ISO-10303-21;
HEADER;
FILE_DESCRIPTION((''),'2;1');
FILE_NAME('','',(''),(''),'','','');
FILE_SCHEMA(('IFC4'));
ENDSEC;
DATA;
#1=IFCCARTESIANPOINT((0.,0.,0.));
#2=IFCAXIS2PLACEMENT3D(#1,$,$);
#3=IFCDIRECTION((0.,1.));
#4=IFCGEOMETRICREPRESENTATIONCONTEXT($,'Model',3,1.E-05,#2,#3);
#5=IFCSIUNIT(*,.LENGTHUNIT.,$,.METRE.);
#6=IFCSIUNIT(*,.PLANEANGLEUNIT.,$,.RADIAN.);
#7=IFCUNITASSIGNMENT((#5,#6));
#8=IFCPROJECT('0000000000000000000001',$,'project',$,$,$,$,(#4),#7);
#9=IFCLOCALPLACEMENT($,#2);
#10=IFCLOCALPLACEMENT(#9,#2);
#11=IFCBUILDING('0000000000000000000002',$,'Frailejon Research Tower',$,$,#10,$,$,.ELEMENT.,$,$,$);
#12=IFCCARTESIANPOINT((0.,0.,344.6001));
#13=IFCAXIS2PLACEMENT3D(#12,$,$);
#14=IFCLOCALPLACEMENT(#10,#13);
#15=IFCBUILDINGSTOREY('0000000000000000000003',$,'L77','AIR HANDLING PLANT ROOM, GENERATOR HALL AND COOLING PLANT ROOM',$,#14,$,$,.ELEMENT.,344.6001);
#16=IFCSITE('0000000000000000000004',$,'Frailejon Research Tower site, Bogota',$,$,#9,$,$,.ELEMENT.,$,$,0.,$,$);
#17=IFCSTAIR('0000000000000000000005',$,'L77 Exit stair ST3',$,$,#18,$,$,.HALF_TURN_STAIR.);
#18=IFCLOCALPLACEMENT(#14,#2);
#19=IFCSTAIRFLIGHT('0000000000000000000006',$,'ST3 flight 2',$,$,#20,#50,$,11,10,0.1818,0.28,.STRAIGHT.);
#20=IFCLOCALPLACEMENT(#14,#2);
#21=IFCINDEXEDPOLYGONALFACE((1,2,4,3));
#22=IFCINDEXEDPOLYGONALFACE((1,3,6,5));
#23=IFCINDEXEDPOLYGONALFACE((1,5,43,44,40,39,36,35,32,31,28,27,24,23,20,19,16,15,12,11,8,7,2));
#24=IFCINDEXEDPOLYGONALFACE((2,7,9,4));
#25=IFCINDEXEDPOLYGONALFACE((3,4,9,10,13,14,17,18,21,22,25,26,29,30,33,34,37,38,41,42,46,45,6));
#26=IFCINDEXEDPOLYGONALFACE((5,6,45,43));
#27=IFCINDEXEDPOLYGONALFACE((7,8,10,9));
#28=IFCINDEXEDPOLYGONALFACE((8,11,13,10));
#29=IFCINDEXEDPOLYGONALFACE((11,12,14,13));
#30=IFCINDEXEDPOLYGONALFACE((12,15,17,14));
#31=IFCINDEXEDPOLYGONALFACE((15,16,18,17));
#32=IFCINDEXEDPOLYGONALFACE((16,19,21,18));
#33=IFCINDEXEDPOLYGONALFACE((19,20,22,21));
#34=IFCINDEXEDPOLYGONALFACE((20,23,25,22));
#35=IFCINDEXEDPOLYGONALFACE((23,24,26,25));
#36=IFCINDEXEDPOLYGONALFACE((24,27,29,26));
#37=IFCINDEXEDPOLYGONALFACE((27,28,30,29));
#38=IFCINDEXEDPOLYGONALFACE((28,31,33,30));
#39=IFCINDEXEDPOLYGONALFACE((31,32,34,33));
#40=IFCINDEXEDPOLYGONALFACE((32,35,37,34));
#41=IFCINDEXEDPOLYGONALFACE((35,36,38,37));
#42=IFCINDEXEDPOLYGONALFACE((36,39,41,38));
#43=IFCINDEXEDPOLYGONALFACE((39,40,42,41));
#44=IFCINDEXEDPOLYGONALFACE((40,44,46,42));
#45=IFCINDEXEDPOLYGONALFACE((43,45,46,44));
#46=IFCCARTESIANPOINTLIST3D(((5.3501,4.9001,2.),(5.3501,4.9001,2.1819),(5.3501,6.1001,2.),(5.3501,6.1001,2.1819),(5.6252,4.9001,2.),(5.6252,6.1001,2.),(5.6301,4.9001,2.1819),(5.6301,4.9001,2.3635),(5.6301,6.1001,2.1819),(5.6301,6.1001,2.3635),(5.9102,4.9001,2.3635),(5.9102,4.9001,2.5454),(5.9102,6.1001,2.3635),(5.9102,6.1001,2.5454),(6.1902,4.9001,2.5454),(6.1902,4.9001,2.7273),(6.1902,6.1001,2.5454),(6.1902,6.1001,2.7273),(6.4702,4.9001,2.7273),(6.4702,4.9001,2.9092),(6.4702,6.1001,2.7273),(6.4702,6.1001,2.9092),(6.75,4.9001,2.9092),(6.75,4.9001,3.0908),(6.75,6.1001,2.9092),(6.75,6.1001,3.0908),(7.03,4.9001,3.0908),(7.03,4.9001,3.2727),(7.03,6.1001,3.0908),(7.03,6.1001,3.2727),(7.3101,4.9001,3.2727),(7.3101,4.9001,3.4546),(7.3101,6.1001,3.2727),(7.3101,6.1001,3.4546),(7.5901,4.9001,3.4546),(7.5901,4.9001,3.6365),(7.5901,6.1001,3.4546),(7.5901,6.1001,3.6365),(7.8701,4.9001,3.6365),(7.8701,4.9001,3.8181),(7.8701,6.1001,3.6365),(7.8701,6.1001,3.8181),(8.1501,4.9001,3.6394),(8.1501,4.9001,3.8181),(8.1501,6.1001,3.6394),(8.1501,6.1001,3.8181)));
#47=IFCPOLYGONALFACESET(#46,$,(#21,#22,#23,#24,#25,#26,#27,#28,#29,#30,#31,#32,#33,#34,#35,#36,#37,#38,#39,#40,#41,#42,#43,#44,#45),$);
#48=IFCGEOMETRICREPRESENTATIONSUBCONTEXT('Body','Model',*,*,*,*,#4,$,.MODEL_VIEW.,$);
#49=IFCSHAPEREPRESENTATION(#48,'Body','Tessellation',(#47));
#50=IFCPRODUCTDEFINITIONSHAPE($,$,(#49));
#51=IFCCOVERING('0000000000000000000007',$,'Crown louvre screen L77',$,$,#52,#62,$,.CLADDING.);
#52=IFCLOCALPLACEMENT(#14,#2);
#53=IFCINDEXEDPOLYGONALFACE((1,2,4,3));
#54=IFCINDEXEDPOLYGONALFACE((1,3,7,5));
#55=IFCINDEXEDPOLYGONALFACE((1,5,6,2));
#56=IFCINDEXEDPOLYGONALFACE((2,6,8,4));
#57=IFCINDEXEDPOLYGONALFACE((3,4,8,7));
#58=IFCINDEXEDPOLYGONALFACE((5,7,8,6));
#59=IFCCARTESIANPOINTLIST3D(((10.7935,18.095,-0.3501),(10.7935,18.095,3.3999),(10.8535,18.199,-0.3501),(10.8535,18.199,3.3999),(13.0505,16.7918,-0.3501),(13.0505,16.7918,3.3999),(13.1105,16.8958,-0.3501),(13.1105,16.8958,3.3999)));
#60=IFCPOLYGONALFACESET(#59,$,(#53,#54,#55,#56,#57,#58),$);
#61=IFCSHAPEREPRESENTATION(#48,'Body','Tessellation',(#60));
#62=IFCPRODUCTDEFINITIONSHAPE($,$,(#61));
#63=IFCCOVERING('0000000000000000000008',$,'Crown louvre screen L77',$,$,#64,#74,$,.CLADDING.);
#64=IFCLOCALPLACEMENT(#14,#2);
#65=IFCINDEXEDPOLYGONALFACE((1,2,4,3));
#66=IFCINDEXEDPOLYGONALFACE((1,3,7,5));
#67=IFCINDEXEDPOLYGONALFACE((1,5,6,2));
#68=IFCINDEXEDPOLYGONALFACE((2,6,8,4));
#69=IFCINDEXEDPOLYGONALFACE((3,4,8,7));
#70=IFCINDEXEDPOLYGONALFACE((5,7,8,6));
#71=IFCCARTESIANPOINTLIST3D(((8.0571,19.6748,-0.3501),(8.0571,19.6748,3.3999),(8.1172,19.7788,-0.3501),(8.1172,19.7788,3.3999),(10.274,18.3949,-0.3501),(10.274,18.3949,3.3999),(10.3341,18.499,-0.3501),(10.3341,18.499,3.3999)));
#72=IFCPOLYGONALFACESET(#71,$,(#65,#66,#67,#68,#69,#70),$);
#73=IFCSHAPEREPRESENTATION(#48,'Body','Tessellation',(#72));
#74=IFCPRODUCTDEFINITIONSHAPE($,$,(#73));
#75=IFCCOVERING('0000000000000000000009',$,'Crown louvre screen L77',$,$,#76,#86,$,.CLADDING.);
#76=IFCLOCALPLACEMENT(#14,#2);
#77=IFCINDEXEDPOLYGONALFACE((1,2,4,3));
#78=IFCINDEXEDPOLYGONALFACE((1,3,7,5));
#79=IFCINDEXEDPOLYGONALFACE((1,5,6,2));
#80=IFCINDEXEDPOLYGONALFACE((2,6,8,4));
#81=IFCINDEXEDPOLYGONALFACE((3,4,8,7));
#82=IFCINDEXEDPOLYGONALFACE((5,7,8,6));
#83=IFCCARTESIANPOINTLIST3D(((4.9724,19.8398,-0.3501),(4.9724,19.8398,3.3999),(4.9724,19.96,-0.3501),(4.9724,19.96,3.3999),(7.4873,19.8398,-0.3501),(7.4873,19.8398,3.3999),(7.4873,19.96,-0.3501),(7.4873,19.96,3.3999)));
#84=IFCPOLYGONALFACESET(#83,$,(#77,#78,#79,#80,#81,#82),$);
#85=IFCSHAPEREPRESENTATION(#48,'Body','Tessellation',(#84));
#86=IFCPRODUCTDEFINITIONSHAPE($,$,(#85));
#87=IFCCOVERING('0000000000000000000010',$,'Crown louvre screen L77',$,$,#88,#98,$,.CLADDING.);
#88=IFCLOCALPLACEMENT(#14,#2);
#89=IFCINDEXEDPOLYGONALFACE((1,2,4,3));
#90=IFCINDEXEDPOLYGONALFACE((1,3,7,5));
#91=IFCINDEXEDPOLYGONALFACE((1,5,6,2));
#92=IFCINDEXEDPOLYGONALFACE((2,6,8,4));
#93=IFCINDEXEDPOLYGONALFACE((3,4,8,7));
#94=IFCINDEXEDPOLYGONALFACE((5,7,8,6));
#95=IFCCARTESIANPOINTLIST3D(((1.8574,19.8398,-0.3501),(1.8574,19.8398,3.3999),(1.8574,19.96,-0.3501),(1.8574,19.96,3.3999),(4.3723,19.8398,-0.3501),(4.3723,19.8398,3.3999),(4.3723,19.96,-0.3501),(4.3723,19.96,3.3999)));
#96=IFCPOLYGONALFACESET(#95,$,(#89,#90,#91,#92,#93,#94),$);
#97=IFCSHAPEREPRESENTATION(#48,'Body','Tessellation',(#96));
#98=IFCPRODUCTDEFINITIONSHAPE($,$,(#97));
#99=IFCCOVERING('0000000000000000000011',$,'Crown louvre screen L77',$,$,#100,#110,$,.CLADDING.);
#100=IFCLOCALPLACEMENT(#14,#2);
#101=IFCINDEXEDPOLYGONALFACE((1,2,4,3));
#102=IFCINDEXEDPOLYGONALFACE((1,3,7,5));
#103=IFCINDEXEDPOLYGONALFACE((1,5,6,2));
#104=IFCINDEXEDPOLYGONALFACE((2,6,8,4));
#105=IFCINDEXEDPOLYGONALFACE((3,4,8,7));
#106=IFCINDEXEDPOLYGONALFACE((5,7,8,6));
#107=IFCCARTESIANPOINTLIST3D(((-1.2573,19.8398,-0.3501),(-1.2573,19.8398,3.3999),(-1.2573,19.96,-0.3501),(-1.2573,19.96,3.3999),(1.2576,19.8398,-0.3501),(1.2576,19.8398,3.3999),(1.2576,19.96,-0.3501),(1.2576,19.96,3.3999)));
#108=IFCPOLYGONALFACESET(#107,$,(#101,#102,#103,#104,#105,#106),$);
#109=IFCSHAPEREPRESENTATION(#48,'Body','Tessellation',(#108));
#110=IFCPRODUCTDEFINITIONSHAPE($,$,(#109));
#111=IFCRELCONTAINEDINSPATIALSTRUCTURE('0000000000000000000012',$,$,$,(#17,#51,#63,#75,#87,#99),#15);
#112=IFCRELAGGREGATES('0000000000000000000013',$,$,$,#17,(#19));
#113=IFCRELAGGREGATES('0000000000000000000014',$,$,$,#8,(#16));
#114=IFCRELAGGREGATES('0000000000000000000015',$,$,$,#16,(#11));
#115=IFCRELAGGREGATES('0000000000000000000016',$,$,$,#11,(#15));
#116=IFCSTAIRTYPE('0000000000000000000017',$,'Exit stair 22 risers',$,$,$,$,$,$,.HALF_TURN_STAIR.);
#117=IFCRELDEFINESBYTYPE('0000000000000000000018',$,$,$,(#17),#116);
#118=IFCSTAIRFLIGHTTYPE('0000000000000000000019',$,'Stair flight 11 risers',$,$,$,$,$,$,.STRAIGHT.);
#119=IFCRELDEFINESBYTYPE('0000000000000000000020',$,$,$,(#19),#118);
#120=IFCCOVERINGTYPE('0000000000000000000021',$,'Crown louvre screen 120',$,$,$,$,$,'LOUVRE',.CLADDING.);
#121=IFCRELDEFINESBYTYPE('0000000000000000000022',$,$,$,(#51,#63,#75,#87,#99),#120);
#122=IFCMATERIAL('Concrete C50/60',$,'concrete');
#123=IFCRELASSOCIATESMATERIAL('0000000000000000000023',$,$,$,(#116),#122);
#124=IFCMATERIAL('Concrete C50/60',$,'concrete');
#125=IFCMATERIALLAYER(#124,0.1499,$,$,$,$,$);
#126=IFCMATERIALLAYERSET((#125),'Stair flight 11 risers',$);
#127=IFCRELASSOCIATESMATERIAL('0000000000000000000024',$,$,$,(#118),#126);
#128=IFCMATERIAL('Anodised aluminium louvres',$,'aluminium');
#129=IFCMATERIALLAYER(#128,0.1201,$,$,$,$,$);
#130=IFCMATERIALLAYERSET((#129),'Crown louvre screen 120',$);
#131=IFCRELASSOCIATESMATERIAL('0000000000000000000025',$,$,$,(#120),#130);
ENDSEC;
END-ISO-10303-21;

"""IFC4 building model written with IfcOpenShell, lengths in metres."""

from ifc_helpers import new_model, si_unit, direction, frame, origin, place, context, subcontext, project, spatial, polyline, outline, extrude, material, layer, layer_set, type_object, element, aggregate, save


model = new_model("IFC4")

# Units and contexts
model_context = context("Model", 3, precision=1e-05, world=origin(), true_north=direction((0.0, 1.0)))
body_context = subcontext(model_context, "Body", "Model", "MODEL_VIEW")
ifc_project = project(units=[si_unit("LENGTHUNIT", "METRE"), si_unit("PLANEANGLEUNIT", "RADIAN")], contexts=[model_context])

# Site, building, storey
site_placement = place(None, origin())
site = spatial("IfcSite", under=ifc_project, at=site_placement, Name="Frailejon Research Tower site, Bogota", CompositionType="ELEMENT", RefElevation=0.0)
building_placement = place(site_placement, origin())
building = spatial("IfcBuilding", under=site, at=building_placement, Name="Frailejon Research Tower", CompositionType="ELEMENT")
storey_placement = place(building_placement, frame((0.0, 0.0, 344.6001)))
storey = spatial("IfcBuildingStorey", under=building, at=storey_placement, Name="L77", Description="AIR HANDLING PLANT ROOM, GENERATOR HALL AND COOLING PLANT ROOM", CompositionType="ELEMENT", Elevation=344.6001)

# Stair, stair flight
ifc_material_1 = material(Name="Concrete C50/60", Category="concrete")
stair_type = type_object("IfcStairType", Name="Exit stair 22 risers", PredefinedType="HALF_TURN_STAIR", material=ifc_material_1)
stair_placement = place(storey_placement, origin())
stair = element("IfcStair", 1, at=stair_placement, inside=storey, type_object=stair_type, Name="L77 Exit stair ST3", PredefinedType="HALF_TURN_STAIR")
ifc_material_2 = material(Name="Concrete C50/60", Category="concrete")
ifc_layer_1 = layer(ifc_material_2, 0.1499)
ifc_layer_set_1 = layer_set([ifc_layer_1], Name="Stair flight 11 risers")
stair_flight_type = type_object("IfcStairFlightType", Name="Stair flight 11 risers", PredefinedType="STRAIGHT", material=ifc_layer_set_1)
stair_flight_1_placement = place(storey_placement, frame((5.3501, 5.5, 2.0), z_axis=(0.0, 0.0, 1.0), x_axis=(1.0, 0.0, 0.0)))
stair_flight_1 = element("IfcStairFlight", 2, at=stair_flight_1_placement, type_object=stair_flight_type, Name="ST3 flight 2", NumberOfRisers=11, NumberOfTreads=10, PredefinedType="STRAIGHT", RiserHeight=0.1818, TreadLength=0.28, context=body_context, shape_type="SweptSolid", body=[
    extrude(outline(polyline([(0.0, 0.0), (0.0, 0.1819), (0.28, 0.1819), (0.28, 0.3635), (0.5601, 0.3635), (0.5601, 0.5454), (0.8401, 0.5454), (0.8401, 0.7273), (1.1201, 0.7273), (1.1201, 0.9092), (1.3999, 0.9092), (1.3999, 1.0908), (1.6799, 1.0908), (1.6799, 1.2727), (1.96, 1.2727), (1.96, 1.4546), (2.24, 1.4546), (2.24, 1.6365), (2.52, 1.6365), (2.52, 1.8181), (2.8, 1.8181), (2.8, 2.0), (2.8, 1.6394), (0.2751, 0.0), (0.0, 0.0)])), frame((0.0, 0.6001, 0.0), z_axis=(0.0, -1.0, 0.0), x_axis=(1.0, 0.0, 0.0)), (0.0, 0.0, 1.0), 1.2),
])
aggregate(stair, [stair_flight_1])

# Coverings
ifc_material_3 = material(Name="Anodised aluminium louvres", Category="aluminium")
ifc_layer_2 = layer(ifc_material_3, 0.1201)
ifc_layer_set_2 = layer_set([ifc_layer_2], Name="Crown louvre screen 120")
covering_type = type_object("IfcCoveringType", Name="Crown louvre screen 120", ElementType="LOUVRE", PredefinedType="CLADDING", material=ifc_layer_set_2)
covering_1_placement = place(storey_placement, frame((10.8235, 18.147, -0.3501), z_axis=(0.866012, -0.500022, 0.0), x_axis=(0.500022, 0.866012, 0.0)))
element("IfcCovering", 3, at=covering_1_placement, inside=storey, type_object=covering_type, Name="Crown louvre screen L77", PredefinedType="CLADDING", context=body_context, shape_type="SweptSolid", body=[
    extrude(outline(polyline([(-0.0601, 0.0), (0.0601, 0.0), (0.0601, 3.75), (-0.0601, 3.75), (-0.0601, 0.0)])), origin(), (0.0, 0.0, 1.0), 2.6062),
])
covering_2_placement = place(storey_placement, frame((8.0872, 19.7268, -0.3501), z_axis=(0.866037, -0.499979, 0.0), x_axis=(0.499979, 0.866037, 0.0)))
element("IfcCovering", 4, at=covering_2_placement, inside=storey, type_object=covering_type, Name="Crown louvre screen L77", PredefinedType="CLADDING", context=body_context, shape_type="SweptSolid", body=[
    extrude(outline(polyline([(-0.0601, 0.0), (0.0601, 0.0), (0.0601, 3.75), (-0.0601, 3.75), (-0.0601, 0.0)])), origin(), (0.0, 0.0, 1.0), 2.5598),
])
for number, where, z_axis, x_axis, name in (
    (5, (4.9724, 19.8999, -0.3501), (1.0, 0.0, 0.0), (0.0, 1.0, 0.0), "Crown louvre screen L77"),
    (6, (1.8574, 19.8999, -0.3501), (1.0, 0.0, 0.0), (0.0, 1.0, 0.0), "Crown louvre screen L77"),
    (7, (-1.2573, 19.8999, -0.3501), (1.0, 0.0, 0.0), (0.0, 1.0, 0.0), "Crown louvre screen L77"),
):
    element("IfcCovering", number, at=place(storey_placement, frame(where, z_axis=z_axis, x_axis=x_axis)), inside=storey, type_object=covering_type, Name=name, PredefinedType="CLADDING", context=body_context, shape_type="SweptSolid", body=[
        extrude(outline(polyline([(-0.0601, 0.0), (0.0601, 0.0), (0.0601, 3.75), (-0.0601, 3.75), (-0.0601, 0.0)])), origin(), (0.0, 0.0, 1.0), 2.5149),
    ])

save(model, "model.ifc")
